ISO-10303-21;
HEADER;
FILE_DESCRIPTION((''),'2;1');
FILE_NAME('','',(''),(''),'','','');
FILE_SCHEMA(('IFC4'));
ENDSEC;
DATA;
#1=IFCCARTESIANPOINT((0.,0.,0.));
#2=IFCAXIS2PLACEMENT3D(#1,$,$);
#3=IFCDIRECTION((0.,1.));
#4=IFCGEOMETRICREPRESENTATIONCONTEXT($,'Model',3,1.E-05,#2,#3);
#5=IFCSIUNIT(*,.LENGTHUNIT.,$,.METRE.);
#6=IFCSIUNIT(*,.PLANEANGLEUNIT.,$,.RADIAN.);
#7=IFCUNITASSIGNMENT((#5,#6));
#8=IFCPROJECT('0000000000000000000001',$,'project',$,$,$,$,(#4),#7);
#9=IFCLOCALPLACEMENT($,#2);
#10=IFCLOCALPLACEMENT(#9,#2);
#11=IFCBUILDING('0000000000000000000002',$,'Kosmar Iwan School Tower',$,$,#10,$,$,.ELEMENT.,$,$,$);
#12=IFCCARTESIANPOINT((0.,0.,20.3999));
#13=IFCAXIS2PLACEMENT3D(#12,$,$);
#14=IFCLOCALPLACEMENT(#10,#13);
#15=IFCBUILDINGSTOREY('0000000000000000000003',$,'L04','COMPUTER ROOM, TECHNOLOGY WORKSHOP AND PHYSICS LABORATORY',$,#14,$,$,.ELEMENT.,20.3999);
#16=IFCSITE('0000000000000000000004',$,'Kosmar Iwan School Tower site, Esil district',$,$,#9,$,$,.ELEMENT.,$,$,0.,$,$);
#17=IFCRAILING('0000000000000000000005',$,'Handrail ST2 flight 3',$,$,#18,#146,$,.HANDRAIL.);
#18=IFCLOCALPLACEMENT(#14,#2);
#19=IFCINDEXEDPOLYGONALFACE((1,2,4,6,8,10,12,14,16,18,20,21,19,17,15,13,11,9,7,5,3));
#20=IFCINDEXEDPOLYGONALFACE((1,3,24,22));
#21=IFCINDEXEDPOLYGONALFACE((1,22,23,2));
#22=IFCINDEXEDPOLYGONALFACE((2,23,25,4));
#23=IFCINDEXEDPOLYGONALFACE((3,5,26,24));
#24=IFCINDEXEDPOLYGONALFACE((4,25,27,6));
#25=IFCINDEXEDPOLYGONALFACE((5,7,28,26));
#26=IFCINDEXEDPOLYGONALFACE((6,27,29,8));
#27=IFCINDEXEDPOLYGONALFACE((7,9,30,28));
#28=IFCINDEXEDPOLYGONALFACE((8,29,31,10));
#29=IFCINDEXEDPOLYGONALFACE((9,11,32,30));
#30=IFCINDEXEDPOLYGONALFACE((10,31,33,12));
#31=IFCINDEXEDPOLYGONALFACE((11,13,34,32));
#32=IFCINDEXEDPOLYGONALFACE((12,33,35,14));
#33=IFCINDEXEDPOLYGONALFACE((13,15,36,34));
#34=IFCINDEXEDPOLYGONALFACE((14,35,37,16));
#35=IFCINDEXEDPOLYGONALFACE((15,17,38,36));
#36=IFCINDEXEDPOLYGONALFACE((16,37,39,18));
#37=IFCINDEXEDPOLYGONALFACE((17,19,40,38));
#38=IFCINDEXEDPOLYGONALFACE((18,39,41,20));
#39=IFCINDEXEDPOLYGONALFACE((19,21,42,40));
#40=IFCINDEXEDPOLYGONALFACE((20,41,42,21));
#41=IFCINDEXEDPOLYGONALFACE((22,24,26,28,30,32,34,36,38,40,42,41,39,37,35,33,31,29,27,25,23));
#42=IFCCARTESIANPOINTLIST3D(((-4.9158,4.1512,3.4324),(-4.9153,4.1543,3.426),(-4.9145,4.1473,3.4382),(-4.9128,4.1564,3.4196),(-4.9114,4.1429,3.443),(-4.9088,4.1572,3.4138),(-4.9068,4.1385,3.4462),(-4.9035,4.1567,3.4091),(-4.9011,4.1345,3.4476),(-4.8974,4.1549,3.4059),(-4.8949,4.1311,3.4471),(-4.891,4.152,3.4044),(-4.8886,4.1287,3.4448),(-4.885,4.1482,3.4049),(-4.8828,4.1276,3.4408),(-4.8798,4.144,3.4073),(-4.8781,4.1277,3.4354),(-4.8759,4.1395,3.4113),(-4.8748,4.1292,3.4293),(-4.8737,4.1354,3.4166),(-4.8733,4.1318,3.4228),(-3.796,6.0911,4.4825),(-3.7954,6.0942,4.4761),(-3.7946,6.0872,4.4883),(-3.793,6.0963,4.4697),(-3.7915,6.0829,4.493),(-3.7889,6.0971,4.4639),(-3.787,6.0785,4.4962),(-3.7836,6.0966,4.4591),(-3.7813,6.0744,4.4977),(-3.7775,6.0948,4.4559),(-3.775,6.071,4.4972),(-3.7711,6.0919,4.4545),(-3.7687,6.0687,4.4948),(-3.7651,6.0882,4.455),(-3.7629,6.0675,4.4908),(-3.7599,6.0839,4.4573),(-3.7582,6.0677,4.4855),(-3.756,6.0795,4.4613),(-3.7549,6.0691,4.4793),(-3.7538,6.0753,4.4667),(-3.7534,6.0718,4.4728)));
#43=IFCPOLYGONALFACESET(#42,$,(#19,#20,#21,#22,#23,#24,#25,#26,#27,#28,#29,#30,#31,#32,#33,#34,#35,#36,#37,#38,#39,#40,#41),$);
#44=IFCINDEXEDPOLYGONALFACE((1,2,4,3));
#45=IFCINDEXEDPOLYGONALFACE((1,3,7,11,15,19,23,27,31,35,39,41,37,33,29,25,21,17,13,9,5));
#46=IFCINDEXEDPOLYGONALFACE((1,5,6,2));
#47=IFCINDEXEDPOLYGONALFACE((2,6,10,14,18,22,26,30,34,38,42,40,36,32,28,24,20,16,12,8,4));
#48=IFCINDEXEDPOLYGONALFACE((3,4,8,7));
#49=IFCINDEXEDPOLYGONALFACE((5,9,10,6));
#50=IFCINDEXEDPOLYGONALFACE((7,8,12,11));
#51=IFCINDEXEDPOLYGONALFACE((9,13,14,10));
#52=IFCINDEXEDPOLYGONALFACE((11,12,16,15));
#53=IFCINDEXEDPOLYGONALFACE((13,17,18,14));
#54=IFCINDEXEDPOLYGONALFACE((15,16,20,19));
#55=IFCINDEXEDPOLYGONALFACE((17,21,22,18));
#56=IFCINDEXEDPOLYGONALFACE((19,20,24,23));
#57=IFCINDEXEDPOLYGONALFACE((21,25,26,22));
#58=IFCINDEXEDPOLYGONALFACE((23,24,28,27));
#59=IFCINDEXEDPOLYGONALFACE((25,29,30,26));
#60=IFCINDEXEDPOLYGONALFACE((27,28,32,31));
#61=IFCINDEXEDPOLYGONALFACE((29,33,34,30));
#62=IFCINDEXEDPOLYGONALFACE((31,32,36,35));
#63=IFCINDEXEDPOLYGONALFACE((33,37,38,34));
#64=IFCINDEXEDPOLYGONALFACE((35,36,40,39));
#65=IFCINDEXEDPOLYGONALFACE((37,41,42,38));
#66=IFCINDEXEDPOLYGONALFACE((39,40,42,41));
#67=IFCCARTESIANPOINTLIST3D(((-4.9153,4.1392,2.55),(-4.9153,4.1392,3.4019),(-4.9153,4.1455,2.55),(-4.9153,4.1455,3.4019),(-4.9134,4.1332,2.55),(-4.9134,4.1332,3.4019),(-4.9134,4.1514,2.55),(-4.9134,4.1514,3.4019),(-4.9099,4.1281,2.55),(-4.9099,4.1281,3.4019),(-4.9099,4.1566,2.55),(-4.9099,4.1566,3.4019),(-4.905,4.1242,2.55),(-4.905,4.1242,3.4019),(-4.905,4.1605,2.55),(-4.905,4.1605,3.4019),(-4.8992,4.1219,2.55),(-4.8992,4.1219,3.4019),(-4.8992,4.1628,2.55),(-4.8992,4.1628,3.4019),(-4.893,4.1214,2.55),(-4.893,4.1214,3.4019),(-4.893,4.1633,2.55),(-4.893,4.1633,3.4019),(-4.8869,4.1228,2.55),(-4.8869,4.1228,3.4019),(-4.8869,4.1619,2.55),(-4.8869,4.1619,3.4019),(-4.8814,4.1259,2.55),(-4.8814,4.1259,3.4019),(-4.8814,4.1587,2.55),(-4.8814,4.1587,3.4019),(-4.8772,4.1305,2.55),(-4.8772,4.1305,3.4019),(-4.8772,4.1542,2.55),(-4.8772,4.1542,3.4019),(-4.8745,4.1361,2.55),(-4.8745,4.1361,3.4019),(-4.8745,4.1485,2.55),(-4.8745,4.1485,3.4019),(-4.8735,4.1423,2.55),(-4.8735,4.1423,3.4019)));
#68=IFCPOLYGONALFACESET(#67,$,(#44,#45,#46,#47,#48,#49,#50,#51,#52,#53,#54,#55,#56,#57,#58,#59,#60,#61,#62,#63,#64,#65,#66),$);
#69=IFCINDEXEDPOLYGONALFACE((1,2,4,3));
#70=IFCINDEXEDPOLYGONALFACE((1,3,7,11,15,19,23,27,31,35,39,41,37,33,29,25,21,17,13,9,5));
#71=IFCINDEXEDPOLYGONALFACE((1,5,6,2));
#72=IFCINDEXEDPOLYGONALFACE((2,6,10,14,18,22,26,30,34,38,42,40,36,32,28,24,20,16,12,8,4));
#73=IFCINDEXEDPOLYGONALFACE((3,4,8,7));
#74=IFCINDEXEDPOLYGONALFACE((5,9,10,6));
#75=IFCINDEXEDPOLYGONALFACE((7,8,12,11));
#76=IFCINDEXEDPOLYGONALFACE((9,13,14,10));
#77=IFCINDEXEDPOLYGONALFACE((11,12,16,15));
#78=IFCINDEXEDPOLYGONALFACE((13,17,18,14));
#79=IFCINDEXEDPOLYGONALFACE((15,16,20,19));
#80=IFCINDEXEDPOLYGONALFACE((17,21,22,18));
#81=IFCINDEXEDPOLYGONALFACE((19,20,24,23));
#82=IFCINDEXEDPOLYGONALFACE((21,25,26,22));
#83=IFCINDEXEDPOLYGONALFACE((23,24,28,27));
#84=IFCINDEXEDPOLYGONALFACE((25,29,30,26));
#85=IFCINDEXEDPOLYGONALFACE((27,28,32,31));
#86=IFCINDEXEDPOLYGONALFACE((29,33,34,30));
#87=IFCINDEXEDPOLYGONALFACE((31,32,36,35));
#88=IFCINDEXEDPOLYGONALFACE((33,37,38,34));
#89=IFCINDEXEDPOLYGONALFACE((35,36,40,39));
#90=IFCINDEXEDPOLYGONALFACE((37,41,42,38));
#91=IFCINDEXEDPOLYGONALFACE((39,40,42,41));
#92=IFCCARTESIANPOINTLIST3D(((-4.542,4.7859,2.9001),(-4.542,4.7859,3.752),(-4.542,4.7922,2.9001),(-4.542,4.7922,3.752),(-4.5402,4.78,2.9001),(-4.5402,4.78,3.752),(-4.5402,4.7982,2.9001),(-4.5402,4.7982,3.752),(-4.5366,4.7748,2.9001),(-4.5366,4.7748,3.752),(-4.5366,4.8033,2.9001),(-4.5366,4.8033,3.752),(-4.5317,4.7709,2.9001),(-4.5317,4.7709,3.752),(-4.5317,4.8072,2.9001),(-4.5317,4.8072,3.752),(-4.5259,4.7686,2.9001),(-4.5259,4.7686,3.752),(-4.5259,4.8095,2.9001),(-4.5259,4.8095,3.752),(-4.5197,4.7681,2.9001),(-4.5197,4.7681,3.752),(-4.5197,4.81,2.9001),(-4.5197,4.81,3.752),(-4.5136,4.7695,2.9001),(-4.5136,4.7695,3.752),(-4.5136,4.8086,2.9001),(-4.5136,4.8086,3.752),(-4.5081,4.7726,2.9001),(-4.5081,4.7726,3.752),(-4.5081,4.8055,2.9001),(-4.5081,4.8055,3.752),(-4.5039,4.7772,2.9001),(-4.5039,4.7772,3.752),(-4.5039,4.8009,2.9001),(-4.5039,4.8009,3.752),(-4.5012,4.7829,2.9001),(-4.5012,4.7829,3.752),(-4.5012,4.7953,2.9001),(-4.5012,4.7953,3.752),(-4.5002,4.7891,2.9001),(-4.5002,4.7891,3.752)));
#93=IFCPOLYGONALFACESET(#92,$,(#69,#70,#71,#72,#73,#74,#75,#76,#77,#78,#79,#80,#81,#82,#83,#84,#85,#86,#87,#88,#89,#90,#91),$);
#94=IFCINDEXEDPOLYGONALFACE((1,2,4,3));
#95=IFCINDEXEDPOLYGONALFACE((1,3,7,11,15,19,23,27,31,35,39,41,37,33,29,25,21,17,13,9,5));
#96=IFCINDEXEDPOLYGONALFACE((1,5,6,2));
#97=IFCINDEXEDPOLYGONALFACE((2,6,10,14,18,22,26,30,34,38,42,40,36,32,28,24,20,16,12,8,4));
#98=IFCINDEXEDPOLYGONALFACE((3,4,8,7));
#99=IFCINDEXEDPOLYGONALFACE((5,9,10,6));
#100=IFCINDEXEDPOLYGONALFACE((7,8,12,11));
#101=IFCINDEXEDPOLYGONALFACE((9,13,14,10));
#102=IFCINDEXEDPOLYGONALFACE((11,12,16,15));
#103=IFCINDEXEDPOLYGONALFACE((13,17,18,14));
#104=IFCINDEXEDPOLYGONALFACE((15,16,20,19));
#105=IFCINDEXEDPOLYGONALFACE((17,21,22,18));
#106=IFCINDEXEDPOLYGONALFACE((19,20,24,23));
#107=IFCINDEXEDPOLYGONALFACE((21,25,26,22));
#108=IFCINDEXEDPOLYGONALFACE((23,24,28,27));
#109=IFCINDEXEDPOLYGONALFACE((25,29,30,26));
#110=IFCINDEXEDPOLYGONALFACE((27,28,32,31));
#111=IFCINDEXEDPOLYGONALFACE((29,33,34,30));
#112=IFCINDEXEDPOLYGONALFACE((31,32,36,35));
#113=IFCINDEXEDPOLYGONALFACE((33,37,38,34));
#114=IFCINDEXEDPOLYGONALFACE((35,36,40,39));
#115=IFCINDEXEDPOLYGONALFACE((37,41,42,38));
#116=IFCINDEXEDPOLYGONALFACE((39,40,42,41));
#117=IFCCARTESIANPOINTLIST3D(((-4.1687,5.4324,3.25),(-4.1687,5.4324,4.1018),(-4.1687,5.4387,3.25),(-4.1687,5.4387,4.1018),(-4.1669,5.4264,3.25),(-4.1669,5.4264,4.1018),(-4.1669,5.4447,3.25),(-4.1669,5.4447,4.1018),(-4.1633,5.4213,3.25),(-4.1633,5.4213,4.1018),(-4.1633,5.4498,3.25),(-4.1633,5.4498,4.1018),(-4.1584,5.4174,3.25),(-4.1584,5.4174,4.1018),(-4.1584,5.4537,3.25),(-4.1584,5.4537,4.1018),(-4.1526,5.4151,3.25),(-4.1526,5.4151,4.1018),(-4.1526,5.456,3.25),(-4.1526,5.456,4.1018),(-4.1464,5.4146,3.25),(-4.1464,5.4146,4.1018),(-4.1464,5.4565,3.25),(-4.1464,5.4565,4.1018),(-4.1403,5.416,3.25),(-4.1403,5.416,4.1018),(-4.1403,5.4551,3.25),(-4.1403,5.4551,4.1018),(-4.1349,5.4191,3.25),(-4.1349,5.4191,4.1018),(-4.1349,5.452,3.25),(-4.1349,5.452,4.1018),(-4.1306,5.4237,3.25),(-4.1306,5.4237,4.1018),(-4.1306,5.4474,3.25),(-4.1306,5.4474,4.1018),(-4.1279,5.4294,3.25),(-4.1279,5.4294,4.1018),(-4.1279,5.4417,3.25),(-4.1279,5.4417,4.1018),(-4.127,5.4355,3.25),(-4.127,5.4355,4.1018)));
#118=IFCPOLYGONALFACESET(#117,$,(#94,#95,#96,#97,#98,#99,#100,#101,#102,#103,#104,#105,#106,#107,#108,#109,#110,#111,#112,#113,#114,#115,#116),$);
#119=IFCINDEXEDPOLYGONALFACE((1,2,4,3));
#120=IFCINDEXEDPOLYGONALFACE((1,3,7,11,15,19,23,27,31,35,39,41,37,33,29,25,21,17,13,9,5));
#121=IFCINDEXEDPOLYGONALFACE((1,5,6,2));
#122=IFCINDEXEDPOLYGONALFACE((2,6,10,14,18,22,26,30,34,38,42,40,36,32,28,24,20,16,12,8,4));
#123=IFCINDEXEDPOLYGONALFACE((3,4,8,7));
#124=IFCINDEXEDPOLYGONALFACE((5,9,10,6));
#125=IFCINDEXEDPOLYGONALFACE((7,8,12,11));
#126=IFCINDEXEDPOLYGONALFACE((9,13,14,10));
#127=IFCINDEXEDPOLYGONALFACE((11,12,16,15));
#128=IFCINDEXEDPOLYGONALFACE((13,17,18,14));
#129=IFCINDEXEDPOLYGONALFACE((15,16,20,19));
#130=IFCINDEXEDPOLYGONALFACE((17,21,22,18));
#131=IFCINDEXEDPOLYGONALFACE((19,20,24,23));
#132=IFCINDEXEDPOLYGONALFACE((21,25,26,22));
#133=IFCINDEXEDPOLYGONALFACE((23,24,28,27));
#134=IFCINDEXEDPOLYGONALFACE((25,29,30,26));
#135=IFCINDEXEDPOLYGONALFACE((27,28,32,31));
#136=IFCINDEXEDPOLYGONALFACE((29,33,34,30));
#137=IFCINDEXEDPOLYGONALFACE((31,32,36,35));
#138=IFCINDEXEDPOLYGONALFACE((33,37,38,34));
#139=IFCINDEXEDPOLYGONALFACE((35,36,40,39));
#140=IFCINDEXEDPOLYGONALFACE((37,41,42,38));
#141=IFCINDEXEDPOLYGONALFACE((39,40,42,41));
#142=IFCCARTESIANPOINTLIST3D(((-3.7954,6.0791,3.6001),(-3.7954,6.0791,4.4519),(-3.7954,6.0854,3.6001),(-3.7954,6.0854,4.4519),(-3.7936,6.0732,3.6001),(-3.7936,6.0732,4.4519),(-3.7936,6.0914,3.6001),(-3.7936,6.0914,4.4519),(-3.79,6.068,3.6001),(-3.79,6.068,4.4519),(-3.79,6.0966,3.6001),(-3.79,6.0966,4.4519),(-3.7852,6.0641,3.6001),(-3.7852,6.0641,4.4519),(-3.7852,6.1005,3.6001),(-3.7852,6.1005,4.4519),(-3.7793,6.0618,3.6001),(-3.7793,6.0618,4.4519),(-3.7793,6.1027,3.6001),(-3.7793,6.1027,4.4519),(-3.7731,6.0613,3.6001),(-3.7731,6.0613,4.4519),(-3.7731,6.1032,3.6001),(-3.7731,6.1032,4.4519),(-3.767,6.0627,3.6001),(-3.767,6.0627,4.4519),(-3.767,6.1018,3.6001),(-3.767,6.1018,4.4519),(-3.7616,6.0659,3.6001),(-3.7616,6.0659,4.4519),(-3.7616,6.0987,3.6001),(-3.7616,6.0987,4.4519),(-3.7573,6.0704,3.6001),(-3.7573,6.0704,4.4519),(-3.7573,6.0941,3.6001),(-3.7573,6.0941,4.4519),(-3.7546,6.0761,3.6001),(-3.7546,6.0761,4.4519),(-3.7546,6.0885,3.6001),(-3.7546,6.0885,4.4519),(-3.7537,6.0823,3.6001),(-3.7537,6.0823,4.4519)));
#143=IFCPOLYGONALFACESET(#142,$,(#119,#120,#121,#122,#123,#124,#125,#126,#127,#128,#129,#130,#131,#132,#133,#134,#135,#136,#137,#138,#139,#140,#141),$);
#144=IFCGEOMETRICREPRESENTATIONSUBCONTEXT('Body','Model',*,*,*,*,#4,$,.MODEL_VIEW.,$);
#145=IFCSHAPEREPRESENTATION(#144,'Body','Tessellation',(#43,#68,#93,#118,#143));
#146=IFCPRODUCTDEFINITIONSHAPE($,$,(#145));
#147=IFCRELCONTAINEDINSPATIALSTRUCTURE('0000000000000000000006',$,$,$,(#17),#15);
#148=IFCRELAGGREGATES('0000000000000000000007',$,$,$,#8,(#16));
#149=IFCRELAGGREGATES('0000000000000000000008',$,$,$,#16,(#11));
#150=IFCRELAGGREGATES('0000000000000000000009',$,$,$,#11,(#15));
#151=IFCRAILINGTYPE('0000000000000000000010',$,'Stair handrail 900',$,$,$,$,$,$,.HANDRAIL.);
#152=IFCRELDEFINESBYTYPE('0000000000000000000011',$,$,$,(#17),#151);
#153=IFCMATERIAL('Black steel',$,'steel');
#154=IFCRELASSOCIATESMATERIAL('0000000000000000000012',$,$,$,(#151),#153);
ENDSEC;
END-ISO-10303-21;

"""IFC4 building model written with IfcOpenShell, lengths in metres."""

from ifc_helpers import new_model, si_unit, direction, frame, origin, origin_2d, place, context, subcontext, project, spatial, circle, extrude, material, type_object, element, save


model = new_model("IFC4")

# Units and contexts
model_context = context("Model", 3, precision=1e-05, world=origin(), true_north=direction((0.0, 1.0)))
body_context = subcontext(model_context, "Body", "Model", "MODEL_VIEW")
ifc_project = project(units=[si_unit("LENGTHUNIT", "METRE"), si_unit("PLANEANGLEUNIT", "RADIAN")], contexts=[model_context])

# Site, building, storey
site_placement = place(None, origin())
site = spatial("IfcSite", under=ifc_project, at=site_placement, Name="Kosmar Iwan School Tower site, Esil district", CompositionType="ELEMENT", RefElevation=0.0)
building_placement = place(site_placement, origin())
building = spatial("IfcBuilding", under=site, at=building_placement, Name="Kosmar Iwan School Tower", CompositionType="ELEMENT")
storey_placement = place(building_placement, frame((0.0, 0.0, 20.3999)))
storey = spatial("IfcBuildingStorey", under=building, at=storey_placement, Name="L04", Description="COMPUTER ROOM, TECHNOLOGY WORKSHOP AND PHYSICS LABORATORY", CompositionType="ELEMENT", Elevation=20.3999)

# Railing
ifc_material_1 = material(Name="Black steel", Category="steel")
railing_type = type_object("IfcRailingType", Name="Stair handrail 900", PredefinedType="HANDRAIL", material=ifc_material_1)
for number, where, name in (
    (1, (-4.8945, 4.1423, 2.55), "Handrail ST2 flight 3"),
):
    element("IfcRailing", number, at=place(storey_placement, frame(where)), inside=storey, type_object=railing_type, Name=name, PredefinedType="HANDRAIL", context=body_context, shape_type="SweptSolid", body=[
        extrude(circle(Radius=0.0239, at=origin_2d()), frame((0.0, 0.0, 0.876), z_axis=(0.452678, 0.784169, 0.424454), x_axis=(-0.866055, 0.499949, 0.0)), (0.0, 0.0, 1.0), 2.4739),
        extrude(circle(Radius=0.021, at=origin_2d()), origin(), (0.0, 0.0, 1.0), 0.8518),
        extrude(circle(Radius=0.021, at=origin_2d()), frame((0.3733, 0.6467, 0.3501)), (0.0, 0.0, 1.0), 0.8518),
        extrude(circle(Radius=0.021, at=origin_2d()), frame((0.7466, 1.2932, 0.7)), (0.0, 0.0, 1.0), 0.8518),
        extrude(circle(Radius=0.021, at=origin_2d()), frame((1.1199, 1.9399, 1.05)), (0.0, 0.0, 1.0), 0.8518),
    ])

save(model, "model.ifc")
